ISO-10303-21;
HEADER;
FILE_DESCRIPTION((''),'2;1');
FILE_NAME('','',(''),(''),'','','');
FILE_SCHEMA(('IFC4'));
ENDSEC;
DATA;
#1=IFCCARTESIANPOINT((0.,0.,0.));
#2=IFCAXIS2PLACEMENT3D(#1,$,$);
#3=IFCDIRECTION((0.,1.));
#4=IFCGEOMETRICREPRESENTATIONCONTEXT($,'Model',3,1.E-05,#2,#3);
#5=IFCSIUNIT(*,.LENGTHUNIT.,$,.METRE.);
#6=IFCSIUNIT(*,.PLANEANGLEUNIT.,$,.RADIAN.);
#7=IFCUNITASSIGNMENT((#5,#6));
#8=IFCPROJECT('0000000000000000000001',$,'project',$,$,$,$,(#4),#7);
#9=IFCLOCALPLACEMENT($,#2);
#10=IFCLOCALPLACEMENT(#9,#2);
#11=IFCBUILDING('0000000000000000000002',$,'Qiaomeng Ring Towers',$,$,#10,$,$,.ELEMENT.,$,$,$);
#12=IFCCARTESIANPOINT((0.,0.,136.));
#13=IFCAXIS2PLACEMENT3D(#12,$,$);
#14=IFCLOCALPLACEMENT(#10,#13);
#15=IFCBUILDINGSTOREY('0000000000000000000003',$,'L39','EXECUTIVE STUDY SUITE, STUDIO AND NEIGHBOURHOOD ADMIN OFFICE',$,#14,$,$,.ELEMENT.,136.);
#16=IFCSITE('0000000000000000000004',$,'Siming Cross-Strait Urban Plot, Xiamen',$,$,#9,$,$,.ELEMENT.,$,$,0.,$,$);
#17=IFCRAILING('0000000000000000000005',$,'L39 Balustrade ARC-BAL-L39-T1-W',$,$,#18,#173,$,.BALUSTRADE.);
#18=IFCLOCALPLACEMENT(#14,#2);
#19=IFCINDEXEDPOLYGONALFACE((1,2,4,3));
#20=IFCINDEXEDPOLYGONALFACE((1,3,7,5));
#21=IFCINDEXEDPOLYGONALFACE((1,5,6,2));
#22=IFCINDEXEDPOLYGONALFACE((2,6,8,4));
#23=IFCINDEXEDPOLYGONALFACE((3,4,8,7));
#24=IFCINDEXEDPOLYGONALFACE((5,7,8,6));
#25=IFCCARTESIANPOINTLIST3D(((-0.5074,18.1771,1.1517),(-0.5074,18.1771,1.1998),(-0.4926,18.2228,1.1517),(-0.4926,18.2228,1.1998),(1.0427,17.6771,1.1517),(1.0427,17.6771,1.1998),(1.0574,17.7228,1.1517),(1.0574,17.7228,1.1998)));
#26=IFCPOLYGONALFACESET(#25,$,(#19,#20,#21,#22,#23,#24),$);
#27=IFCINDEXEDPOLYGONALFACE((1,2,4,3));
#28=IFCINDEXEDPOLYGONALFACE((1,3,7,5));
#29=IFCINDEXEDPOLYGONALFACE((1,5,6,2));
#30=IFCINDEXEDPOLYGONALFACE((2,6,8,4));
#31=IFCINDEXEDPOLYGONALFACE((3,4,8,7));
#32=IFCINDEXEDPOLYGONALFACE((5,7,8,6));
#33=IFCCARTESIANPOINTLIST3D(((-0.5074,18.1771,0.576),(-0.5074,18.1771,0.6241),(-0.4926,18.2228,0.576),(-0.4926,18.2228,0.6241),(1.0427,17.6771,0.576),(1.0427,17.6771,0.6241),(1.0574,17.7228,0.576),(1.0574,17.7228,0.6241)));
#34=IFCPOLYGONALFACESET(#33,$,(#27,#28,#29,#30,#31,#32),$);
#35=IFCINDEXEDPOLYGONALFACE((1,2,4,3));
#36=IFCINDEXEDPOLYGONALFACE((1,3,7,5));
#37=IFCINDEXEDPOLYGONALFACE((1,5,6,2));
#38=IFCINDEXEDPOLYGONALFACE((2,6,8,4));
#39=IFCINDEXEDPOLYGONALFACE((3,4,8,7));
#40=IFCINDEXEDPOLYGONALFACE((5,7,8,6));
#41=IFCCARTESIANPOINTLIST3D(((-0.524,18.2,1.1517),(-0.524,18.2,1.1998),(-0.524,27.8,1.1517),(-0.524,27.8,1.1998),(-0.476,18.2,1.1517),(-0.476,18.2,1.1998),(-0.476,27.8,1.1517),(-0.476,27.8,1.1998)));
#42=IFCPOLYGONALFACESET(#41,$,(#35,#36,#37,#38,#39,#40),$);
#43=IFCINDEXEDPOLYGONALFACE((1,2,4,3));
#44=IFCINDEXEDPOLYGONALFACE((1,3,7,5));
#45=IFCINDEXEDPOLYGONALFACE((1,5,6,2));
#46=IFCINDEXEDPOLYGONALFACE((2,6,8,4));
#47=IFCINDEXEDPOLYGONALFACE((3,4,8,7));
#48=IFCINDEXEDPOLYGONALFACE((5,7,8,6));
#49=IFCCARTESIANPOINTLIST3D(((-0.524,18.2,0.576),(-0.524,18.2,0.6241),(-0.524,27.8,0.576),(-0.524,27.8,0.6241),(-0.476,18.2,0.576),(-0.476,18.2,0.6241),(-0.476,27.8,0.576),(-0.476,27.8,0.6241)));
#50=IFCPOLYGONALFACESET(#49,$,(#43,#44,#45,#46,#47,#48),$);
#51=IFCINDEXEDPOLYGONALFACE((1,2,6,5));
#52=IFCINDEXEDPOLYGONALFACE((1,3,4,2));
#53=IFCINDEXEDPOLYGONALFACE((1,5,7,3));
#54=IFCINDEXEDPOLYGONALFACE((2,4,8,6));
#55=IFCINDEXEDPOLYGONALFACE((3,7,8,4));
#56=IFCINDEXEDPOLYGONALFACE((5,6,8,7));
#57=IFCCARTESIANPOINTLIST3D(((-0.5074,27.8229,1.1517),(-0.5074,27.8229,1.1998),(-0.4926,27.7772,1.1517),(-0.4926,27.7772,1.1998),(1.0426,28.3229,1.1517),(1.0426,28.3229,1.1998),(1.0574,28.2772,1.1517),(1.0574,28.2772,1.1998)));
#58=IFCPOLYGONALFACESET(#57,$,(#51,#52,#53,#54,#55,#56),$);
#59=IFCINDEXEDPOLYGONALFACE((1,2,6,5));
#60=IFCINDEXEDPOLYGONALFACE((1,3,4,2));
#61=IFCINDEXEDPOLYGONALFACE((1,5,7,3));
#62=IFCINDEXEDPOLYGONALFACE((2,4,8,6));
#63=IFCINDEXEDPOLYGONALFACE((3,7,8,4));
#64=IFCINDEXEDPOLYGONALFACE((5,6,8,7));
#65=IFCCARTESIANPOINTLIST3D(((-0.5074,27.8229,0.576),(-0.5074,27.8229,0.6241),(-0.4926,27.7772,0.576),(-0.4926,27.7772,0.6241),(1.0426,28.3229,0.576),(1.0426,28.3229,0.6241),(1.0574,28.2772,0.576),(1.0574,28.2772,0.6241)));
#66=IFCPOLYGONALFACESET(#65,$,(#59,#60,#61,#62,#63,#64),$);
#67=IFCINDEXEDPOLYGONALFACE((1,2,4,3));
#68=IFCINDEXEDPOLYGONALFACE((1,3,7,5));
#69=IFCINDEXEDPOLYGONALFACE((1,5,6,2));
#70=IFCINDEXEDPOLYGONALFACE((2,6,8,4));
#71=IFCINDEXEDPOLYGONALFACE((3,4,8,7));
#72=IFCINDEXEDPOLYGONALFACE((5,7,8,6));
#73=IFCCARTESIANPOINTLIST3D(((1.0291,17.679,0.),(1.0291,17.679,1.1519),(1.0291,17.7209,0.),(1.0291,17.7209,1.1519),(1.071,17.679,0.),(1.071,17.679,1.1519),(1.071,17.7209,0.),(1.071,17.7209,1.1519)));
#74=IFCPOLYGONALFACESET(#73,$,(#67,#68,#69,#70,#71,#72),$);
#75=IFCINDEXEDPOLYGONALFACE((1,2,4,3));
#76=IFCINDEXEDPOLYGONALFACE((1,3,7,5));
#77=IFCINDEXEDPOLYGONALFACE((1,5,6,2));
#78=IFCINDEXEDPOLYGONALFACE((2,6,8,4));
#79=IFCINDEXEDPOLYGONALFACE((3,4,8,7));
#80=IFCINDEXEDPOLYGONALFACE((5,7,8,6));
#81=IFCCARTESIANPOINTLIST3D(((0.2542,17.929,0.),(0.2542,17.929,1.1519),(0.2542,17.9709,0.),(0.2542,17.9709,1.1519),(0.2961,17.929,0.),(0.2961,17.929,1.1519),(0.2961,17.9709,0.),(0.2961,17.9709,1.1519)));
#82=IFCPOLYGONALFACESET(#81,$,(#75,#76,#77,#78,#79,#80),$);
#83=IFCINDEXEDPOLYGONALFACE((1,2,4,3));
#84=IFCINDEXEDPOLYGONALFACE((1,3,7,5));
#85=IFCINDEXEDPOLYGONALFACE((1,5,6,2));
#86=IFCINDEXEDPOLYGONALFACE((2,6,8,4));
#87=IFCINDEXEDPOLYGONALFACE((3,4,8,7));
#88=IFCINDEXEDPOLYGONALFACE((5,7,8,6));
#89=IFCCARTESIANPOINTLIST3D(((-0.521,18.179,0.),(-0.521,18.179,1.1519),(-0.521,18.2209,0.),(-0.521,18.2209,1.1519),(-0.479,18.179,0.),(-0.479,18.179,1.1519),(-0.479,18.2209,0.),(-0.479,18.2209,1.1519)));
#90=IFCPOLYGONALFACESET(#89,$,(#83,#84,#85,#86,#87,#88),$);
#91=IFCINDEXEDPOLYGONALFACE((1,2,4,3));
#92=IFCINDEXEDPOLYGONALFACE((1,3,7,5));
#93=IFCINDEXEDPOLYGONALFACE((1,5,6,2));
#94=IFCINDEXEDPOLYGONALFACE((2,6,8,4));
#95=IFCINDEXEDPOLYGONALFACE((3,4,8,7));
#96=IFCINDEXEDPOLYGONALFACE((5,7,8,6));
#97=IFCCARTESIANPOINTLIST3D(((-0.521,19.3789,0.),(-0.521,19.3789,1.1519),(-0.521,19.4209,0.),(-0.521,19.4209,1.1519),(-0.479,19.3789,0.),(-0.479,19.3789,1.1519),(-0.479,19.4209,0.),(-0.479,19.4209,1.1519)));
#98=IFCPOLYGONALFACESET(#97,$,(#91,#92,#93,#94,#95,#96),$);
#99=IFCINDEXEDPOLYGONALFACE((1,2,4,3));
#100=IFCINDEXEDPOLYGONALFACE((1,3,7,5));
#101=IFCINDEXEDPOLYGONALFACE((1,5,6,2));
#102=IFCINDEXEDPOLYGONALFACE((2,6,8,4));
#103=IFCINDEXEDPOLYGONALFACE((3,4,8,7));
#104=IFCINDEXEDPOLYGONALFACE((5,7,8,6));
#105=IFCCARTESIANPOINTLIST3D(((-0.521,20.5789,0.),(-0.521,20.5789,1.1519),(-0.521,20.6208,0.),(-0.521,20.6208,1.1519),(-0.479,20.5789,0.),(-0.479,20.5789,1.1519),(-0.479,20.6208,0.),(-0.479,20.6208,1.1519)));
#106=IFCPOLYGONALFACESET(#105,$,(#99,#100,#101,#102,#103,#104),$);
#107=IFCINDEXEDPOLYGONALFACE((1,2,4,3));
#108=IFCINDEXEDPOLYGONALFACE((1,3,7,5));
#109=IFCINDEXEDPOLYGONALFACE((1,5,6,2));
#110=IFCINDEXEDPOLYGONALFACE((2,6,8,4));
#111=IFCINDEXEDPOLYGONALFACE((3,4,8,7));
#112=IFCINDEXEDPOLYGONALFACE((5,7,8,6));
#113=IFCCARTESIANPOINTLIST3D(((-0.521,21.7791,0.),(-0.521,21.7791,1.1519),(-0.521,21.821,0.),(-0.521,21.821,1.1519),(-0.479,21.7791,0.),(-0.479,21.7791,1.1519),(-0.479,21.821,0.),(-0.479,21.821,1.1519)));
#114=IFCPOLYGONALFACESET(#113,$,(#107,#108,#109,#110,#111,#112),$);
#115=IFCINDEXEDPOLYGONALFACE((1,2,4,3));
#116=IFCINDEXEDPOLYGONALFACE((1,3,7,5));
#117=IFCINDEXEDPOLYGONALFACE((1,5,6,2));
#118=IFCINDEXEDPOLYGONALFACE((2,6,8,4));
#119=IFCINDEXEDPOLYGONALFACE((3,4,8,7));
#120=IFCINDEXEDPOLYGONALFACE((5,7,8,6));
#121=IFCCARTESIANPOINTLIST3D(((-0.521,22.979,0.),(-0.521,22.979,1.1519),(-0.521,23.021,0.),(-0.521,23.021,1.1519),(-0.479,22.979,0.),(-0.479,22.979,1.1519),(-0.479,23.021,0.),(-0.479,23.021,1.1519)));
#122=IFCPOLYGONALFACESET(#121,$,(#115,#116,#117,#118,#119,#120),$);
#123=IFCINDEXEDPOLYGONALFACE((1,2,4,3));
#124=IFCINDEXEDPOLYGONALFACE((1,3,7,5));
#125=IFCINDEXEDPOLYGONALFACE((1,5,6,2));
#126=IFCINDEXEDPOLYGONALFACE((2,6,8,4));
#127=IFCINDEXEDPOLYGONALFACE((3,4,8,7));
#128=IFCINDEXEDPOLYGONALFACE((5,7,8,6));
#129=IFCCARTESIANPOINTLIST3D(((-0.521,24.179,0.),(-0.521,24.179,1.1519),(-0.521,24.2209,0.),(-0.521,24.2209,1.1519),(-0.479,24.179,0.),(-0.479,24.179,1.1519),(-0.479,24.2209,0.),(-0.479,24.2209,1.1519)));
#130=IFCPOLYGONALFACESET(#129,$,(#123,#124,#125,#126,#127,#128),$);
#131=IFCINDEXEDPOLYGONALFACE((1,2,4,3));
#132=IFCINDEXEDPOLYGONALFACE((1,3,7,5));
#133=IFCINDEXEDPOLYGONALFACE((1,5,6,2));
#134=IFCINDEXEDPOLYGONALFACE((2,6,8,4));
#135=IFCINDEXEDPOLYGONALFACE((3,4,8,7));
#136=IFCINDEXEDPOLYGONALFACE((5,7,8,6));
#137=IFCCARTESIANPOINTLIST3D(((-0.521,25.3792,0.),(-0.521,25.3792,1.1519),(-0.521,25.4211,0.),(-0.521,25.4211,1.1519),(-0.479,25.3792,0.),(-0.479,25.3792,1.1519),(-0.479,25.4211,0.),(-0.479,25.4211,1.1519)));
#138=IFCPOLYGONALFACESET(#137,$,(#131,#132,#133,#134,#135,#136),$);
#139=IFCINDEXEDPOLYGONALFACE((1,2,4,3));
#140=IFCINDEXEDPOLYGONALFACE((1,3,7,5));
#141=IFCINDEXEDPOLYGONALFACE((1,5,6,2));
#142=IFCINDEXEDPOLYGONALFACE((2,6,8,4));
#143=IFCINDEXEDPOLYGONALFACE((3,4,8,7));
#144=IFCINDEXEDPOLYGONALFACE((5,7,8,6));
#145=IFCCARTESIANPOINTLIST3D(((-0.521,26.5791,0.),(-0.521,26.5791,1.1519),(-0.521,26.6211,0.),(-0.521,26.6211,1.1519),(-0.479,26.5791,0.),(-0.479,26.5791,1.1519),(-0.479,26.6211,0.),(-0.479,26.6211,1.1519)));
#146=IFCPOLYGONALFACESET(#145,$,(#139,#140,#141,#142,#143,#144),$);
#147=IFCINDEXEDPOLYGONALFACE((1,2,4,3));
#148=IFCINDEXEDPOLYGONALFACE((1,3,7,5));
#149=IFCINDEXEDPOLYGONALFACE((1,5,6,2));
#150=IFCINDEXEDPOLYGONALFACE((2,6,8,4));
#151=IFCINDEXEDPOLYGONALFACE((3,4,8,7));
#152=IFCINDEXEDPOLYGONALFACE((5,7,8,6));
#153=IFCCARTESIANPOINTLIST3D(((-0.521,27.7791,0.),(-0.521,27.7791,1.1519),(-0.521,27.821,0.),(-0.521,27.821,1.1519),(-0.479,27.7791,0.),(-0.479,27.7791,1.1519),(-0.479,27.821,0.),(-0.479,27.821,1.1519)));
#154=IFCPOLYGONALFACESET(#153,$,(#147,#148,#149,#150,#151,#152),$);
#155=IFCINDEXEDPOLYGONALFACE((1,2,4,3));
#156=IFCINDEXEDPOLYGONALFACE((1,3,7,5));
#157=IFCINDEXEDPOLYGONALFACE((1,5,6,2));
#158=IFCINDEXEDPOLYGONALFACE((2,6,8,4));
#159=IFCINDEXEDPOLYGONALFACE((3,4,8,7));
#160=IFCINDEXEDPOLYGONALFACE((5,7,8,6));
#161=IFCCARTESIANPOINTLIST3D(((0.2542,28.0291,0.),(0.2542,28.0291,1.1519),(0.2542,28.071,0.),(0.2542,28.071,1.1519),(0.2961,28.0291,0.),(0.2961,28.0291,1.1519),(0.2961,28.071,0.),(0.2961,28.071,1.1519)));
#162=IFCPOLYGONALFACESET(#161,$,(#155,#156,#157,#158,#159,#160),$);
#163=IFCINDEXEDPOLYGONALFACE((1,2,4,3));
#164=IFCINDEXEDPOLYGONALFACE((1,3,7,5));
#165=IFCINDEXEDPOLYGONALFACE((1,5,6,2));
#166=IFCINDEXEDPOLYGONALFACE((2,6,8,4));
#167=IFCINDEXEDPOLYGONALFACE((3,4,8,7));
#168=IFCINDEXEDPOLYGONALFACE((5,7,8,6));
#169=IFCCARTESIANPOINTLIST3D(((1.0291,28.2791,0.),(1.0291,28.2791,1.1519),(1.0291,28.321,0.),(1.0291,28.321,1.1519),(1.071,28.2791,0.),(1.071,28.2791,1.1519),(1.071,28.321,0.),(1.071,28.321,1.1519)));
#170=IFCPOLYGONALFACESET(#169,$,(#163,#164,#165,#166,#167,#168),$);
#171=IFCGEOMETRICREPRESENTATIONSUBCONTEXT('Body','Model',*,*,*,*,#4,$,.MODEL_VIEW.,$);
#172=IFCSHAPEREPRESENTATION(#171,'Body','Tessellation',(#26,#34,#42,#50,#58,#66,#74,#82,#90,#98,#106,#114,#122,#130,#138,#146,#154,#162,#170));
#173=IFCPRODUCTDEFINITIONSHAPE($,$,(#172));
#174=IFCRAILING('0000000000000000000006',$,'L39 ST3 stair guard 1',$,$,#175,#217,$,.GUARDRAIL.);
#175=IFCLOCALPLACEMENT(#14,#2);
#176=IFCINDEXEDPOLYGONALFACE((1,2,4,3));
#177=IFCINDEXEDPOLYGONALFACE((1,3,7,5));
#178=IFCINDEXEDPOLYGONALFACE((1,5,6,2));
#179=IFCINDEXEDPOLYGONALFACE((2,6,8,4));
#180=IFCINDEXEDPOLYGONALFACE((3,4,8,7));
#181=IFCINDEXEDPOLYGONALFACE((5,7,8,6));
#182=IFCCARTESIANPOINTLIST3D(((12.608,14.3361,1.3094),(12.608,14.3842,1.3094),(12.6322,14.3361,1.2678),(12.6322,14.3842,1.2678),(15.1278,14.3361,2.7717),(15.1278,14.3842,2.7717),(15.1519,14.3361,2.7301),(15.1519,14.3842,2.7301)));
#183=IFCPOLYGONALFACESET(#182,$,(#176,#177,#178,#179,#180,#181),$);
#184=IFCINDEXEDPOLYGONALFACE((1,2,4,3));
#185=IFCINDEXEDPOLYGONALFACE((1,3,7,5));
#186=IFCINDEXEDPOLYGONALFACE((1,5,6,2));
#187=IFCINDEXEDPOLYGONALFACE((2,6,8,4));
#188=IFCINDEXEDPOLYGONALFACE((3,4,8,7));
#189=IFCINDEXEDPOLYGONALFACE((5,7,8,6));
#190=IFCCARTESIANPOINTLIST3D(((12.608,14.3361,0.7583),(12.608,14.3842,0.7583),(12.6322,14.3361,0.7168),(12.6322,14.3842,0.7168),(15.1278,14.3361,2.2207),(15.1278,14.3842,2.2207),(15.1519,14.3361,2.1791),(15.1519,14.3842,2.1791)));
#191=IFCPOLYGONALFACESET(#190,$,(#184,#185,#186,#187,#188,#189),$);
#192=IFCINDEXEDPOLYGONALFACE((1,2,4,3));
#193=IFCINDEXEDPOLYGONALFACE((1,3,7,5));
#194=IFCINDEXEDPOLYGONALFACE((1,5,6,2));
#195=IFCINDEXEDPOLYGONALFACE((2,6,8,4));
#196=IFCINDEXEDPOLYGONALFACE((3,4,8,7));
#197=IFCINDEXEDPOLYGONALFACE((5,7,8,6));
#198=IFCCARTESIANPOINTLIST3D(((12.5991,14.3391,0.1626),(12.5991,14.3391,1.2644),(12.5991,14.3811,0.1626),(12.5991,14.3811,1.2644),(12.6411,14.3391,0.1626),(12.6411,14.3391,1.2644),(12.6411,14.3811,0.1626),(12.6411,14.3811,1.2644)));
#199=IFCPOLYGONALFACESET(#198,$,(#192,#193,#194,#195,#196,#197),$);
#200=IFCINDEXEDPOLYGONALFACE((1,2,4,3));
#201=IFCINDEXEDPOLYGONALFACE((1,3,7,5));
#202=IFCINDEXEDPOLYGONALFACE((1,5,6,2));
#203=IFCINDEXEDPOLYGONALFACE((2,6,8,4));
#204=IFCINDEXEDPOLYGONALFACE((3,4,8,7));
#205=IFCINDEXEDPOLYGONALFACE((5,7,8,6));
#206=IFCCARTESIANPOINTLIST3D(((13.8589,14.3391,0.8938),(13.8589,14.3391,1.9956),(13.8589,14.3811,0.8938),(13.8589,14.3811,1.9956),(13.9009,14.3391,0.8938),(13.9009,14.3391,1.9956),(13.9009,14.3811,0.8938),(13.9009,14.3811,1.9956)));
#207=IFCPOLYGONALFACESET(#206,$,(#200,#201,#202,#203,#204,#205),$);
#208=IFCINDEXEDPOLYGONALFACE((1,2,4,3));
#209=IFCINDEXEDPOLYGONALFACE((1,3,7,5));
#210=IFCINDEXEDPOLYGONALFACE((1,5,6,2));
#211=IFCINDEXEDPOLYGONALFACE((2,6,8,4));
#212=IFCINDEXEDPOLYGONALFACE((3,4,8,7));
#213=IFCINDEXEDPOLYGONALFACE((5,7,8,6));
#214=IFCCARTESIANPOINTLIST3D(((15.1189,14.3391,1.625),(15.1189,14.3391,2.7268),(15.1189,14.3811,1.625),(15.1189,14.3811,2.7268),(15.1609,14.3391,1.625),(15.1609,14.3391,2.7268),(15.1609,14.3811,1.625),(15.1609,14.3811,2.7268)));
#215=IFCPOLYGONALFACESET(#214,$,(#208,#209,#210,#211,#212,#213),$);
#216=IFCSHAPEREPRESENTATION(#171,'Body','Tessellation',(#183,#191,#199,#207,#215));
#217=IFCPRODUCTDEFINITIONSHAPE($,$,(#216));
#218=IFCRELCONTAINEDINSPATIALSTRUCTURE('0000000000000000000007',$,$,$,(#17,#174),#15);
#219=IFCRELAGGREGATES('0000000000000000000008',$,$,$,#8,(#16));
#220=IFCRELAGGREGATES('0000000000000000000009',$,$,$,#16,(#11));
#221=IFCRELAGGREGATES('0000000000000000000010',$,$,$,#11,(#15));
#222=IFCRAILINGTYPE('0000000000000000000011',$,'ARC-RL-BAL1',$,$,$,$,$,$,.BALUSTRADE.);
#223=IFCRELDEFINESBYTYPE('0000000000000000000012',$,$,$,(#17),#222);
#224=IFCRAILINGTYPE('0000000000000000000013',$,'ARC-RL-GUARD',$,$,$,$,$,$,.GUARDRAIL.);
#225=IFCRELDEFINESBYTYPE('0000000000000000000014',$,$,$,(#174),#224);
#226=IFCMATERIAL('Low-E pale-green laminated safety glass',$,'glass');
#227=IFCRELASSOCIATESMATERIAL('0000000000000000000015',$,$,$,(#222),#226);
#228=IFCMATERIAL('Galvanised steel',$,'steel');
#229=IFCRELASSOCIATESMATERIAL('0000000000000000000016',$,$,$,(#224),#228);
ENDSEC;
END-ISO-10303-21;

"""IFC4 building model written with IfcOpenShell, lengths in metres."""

from ifc_helpers import new_model, si_unit, direction, frame, origin, origin_2d, place, context, subcontext, project, spatial, rectangle, extrude, material, type_object, element, save


model = new_model("IFC4")

# Units and contexts
model_context = context("Model", 3, precision=1e-05, world=origin(), true_north=direction((0.0, 1.0)))
body_context = subcontext(model_context, "Body", "Model", "MODEL_VIEW")
ifc_project = project(units=[si_unit("LENGTHUNIT", "METRE"), si_unit("PLANEANGLEUNIT", "RADIAN")], contexts=[model_context])

# Site, building, storey
site_placement = place(None, origin())
site = spatial("IfcSite", under=ifc_project, at=site_placement, Name="Siming Cross-Strait Urban Plot, Xiamen", CompositionType="ELEMENT", RefElevation=0.0)
building_placement = place(site_placement, origin())
building = spatial("IfcBuilding", under=site, at=building_placement, Name="Qiaomeng Ring Towers", CompositionType="ELEMENT")
storey_placement = place(building_placement, frame((0.0, 0.0, 136.0)))
storey = spatial("IfcBuildingStorey", under=building, at=storey_placement, Name="L39", Description="EXECUTIVE STUDY SUITE, STUDIO AND NEIGHBOURHOOD ADMIN OFFICE", CompositionType="ELEMENT", Elevation=136.0)

# Shared definitions
ifc_material_1 = material(Name="Galvanised steel", Category="steel")

# Railings
ifc_material_2 = material(Name="Low-E pale-green laminated safety glass", Category="glass")
railing_type_1 = type_object("IfcRailingType", Name="ARC-RL-BAL1", PredefinedType="BALUSTRADE", material=ifc_material_2)
railing_1_placement = place(storey_placement, frame((1.05, 17.7, 0.0)))
element("IfcRailing", 1, at=railing_1_placement, inside=storey, type_object=railing_type_1, Name="L39 Balustrade ARC-BAL-L39-T1-W", PredefinedType="BALUSTRADE", context=body_context, shape_type="SweptSolid", body=[
    extrude(rectangle(XDim=0.0481, YDim=0.0481, at=origin_2d()), frame((0.0, 0.0, 1.1758), z_axis=(-0.951711, 0.306994, 0.0), x_axis=(-0.306994, -0.951711, 0.0)), (0.0, 0.0, 1.0), 1.6287),
    extrude(rectangle(XDim=0.0481, YDim=0.0481, at=origin_2d()), frame((0.0, 0.0, 0.6001), z_axis=(-0.951711, 0.306994, 0.0), x_axis=(-0.306994, -0.951711, 0.0)), (0.0, 0.0, 1.0), 1.6287),
    extrude(rectangle(XDim=0.0481, YDim=0.0481, at=origin_2d()), frame((-1.55, 0.5, 1.1758), z_axis=(0.0, 1.0, 0.0), x_axis=(-1.0, 0.0, 0.0)), (0.0, 0.0, 1.0), 9.6001),
    extrude(rectangle(XDim=0.0481, YDim=0.0481, at=origin_2d()), frame((-1.55, 0.5, 0.6001), z_axis=(0.0, 1.0, 0.0), x_axis=(-1.0, 0.0, 0.0)), (0.0, 0.0, 1.0), 9.6001),
    extrude(rectangle(XDim=0.0481, YDim=0.0481, at=origin_2d()), frame((-1.55, 10.1001, 1.1758), z_axis=(0.951711, 0.306994, 0.0), x_axis=(-0.306994, 0.951711, 0.0)), (0.0, 0.0, 1.0), 1.6287),
    extrude(rectangle(XDim=0.0481, YDim=0.0481, at=origin_2d()), frame((-1.55, 10.1001, 0.6001), z_axis=(0.951711, 0.306994, 0.0), x_axis=(-0.306994, 0.951711, 0.0)), (0.0, 0.0, 1.0), 1.6287),
    extrude(rectangle(XDim=0.042, YDim=0.042, at=origin_2d()), origin(), (0.0, 0.0, 1.0), 1.1519),
    extrude(rectangle(XDim=0.042, YDim=0.042, at=origin_2d()), frame((-0.7749, 0.25, 0.0)), (0.0, 0.0, 1.0), 1.1519),
    extrude(rectangle(XDim=0.042, YDim=0.042, at=origin_2d()), frame((-1.55, 0.5, 0.0)), (0.0, 0.0, 1.0), 1.1519),
    extrude(rectangle(XDim=0.042, YDim=0.042, at=origin_2d()), frame((-1.55, 1.7, 0.0)), (0.0, 0.0, 1.0), 1.1519),
    extrude(rectangle(XDim=0.042, YDim=0.042, at=origin_2d()), frame((-1.55, 2.8999, 0.0)), (0.0, 0.0, 1.0), 1.1519),
    extrude(rectangle(XDim=0.042, YDim=0.042, at=origin_2d()), frame((-1.55, 4.1001, 0.0)), (0.0, 0.0, 1.0), 1.1519),
    extrude(rectangle(XDim=0.042, YDim=0.042, at=origin_2d()), frame((-1.55, 5.3, 0.0)), (0.0, 0.0, 1.0), 1.1519),
    extrude(rectangle(XDim=0.042, YDim=0.042, at=origin_2d()), frame((-1.55, 6.5, 0.0)), (0.0, 0.0, 1.0), 1.1519),
    extrude(rectangle(XDim=0.042, YDim=0.042, at=origin_2d()), frame((-1.55, 7.7002, 0.0)), (0.0, 0.0, 1.0), 1.1519),
    extrude(rectangle(XDim=0.042, YDim=0.042, at=origin_2d()), frame((-1.55, 8.9001, 0.0)), (0.0, 0.0, 1.0), 1.1519),
    extrude(rectangle(XDim=0.042, YDim=0.042, at=origin_2d()), frame((-1.55, 10.1001, 0.0)), (0.0, 0.0, 1.0), 1.1519),
    extrude(rectangle(XDim=0.042, YDim=0.042, at=origin_2d()), frame((-0.7749, 10.3501, 0.0)), (0.0, 0.0, 1.0), 1.1519),
    extrude(rectangle(XDim=0.042, YDim=0.042, at=origin_2d()), frame((0.0, 10.6001, 0.0)), (0.0, 0.0, 1.0), 1.1519),
])
railing_type_2 = type_object("IfcRailingType", Name="ARC-RL-GUARD", PredefinedType="GUARDRAIL", material=ifc_material_1)
railing_2_placement = place(storey_placement, frame((12.6201, 14.3601, 0.1626)))
element("IfcRailing", 2, at=railing_2_placement, inside=storey, type_object=railing_type_2, Name="L39 ST3 stair guard 1", PredefinedType="GUARDRAIL", context=body_context, shape_type="SweptSolid", body=[
    extrude(rectangle(XDim=0.0481, YDim=0.0481, at=origin_2d()), frame((0.0, 0.0, 1.126), z_axis=(0.864892, 0.0, 0.501958), x_axis=(0.0, 1.0, 0.0)), (0.0, 0.0, 1.0), 2.9133),
    extrude(rectangle(XDim=0.0481, YDim=0.0481, at=origin_2d()), frame((0.0, 0.0, 0.575), z_axis=(0.864892, 0.0, 0.501958), x_axis=(0.0, 1.0, 0.0)), (0.0, 0.0, 1.0), 2.9133),
    extrude(rectangle(XDim=0.042, YDim=0.042, at=origin_2d()), origin(), (0.0, 0.0, 1.0), 1.1018),
    extrude(rectangle(XDim=0.042, YDim=0.042, at=origin_2d()), frame((1.2598, 0.0, 0.7312)), (0.0, 0.0, 1.0), 1.1018),
    extrude(rectangle(XDim=0.042, YDim=0.042, at=origin_2d()), frame((2.5198, 0.0, 1.4624)), (0.0, 0.0, 1.0), 1.1018),
])

save(model, "model.ifc")
